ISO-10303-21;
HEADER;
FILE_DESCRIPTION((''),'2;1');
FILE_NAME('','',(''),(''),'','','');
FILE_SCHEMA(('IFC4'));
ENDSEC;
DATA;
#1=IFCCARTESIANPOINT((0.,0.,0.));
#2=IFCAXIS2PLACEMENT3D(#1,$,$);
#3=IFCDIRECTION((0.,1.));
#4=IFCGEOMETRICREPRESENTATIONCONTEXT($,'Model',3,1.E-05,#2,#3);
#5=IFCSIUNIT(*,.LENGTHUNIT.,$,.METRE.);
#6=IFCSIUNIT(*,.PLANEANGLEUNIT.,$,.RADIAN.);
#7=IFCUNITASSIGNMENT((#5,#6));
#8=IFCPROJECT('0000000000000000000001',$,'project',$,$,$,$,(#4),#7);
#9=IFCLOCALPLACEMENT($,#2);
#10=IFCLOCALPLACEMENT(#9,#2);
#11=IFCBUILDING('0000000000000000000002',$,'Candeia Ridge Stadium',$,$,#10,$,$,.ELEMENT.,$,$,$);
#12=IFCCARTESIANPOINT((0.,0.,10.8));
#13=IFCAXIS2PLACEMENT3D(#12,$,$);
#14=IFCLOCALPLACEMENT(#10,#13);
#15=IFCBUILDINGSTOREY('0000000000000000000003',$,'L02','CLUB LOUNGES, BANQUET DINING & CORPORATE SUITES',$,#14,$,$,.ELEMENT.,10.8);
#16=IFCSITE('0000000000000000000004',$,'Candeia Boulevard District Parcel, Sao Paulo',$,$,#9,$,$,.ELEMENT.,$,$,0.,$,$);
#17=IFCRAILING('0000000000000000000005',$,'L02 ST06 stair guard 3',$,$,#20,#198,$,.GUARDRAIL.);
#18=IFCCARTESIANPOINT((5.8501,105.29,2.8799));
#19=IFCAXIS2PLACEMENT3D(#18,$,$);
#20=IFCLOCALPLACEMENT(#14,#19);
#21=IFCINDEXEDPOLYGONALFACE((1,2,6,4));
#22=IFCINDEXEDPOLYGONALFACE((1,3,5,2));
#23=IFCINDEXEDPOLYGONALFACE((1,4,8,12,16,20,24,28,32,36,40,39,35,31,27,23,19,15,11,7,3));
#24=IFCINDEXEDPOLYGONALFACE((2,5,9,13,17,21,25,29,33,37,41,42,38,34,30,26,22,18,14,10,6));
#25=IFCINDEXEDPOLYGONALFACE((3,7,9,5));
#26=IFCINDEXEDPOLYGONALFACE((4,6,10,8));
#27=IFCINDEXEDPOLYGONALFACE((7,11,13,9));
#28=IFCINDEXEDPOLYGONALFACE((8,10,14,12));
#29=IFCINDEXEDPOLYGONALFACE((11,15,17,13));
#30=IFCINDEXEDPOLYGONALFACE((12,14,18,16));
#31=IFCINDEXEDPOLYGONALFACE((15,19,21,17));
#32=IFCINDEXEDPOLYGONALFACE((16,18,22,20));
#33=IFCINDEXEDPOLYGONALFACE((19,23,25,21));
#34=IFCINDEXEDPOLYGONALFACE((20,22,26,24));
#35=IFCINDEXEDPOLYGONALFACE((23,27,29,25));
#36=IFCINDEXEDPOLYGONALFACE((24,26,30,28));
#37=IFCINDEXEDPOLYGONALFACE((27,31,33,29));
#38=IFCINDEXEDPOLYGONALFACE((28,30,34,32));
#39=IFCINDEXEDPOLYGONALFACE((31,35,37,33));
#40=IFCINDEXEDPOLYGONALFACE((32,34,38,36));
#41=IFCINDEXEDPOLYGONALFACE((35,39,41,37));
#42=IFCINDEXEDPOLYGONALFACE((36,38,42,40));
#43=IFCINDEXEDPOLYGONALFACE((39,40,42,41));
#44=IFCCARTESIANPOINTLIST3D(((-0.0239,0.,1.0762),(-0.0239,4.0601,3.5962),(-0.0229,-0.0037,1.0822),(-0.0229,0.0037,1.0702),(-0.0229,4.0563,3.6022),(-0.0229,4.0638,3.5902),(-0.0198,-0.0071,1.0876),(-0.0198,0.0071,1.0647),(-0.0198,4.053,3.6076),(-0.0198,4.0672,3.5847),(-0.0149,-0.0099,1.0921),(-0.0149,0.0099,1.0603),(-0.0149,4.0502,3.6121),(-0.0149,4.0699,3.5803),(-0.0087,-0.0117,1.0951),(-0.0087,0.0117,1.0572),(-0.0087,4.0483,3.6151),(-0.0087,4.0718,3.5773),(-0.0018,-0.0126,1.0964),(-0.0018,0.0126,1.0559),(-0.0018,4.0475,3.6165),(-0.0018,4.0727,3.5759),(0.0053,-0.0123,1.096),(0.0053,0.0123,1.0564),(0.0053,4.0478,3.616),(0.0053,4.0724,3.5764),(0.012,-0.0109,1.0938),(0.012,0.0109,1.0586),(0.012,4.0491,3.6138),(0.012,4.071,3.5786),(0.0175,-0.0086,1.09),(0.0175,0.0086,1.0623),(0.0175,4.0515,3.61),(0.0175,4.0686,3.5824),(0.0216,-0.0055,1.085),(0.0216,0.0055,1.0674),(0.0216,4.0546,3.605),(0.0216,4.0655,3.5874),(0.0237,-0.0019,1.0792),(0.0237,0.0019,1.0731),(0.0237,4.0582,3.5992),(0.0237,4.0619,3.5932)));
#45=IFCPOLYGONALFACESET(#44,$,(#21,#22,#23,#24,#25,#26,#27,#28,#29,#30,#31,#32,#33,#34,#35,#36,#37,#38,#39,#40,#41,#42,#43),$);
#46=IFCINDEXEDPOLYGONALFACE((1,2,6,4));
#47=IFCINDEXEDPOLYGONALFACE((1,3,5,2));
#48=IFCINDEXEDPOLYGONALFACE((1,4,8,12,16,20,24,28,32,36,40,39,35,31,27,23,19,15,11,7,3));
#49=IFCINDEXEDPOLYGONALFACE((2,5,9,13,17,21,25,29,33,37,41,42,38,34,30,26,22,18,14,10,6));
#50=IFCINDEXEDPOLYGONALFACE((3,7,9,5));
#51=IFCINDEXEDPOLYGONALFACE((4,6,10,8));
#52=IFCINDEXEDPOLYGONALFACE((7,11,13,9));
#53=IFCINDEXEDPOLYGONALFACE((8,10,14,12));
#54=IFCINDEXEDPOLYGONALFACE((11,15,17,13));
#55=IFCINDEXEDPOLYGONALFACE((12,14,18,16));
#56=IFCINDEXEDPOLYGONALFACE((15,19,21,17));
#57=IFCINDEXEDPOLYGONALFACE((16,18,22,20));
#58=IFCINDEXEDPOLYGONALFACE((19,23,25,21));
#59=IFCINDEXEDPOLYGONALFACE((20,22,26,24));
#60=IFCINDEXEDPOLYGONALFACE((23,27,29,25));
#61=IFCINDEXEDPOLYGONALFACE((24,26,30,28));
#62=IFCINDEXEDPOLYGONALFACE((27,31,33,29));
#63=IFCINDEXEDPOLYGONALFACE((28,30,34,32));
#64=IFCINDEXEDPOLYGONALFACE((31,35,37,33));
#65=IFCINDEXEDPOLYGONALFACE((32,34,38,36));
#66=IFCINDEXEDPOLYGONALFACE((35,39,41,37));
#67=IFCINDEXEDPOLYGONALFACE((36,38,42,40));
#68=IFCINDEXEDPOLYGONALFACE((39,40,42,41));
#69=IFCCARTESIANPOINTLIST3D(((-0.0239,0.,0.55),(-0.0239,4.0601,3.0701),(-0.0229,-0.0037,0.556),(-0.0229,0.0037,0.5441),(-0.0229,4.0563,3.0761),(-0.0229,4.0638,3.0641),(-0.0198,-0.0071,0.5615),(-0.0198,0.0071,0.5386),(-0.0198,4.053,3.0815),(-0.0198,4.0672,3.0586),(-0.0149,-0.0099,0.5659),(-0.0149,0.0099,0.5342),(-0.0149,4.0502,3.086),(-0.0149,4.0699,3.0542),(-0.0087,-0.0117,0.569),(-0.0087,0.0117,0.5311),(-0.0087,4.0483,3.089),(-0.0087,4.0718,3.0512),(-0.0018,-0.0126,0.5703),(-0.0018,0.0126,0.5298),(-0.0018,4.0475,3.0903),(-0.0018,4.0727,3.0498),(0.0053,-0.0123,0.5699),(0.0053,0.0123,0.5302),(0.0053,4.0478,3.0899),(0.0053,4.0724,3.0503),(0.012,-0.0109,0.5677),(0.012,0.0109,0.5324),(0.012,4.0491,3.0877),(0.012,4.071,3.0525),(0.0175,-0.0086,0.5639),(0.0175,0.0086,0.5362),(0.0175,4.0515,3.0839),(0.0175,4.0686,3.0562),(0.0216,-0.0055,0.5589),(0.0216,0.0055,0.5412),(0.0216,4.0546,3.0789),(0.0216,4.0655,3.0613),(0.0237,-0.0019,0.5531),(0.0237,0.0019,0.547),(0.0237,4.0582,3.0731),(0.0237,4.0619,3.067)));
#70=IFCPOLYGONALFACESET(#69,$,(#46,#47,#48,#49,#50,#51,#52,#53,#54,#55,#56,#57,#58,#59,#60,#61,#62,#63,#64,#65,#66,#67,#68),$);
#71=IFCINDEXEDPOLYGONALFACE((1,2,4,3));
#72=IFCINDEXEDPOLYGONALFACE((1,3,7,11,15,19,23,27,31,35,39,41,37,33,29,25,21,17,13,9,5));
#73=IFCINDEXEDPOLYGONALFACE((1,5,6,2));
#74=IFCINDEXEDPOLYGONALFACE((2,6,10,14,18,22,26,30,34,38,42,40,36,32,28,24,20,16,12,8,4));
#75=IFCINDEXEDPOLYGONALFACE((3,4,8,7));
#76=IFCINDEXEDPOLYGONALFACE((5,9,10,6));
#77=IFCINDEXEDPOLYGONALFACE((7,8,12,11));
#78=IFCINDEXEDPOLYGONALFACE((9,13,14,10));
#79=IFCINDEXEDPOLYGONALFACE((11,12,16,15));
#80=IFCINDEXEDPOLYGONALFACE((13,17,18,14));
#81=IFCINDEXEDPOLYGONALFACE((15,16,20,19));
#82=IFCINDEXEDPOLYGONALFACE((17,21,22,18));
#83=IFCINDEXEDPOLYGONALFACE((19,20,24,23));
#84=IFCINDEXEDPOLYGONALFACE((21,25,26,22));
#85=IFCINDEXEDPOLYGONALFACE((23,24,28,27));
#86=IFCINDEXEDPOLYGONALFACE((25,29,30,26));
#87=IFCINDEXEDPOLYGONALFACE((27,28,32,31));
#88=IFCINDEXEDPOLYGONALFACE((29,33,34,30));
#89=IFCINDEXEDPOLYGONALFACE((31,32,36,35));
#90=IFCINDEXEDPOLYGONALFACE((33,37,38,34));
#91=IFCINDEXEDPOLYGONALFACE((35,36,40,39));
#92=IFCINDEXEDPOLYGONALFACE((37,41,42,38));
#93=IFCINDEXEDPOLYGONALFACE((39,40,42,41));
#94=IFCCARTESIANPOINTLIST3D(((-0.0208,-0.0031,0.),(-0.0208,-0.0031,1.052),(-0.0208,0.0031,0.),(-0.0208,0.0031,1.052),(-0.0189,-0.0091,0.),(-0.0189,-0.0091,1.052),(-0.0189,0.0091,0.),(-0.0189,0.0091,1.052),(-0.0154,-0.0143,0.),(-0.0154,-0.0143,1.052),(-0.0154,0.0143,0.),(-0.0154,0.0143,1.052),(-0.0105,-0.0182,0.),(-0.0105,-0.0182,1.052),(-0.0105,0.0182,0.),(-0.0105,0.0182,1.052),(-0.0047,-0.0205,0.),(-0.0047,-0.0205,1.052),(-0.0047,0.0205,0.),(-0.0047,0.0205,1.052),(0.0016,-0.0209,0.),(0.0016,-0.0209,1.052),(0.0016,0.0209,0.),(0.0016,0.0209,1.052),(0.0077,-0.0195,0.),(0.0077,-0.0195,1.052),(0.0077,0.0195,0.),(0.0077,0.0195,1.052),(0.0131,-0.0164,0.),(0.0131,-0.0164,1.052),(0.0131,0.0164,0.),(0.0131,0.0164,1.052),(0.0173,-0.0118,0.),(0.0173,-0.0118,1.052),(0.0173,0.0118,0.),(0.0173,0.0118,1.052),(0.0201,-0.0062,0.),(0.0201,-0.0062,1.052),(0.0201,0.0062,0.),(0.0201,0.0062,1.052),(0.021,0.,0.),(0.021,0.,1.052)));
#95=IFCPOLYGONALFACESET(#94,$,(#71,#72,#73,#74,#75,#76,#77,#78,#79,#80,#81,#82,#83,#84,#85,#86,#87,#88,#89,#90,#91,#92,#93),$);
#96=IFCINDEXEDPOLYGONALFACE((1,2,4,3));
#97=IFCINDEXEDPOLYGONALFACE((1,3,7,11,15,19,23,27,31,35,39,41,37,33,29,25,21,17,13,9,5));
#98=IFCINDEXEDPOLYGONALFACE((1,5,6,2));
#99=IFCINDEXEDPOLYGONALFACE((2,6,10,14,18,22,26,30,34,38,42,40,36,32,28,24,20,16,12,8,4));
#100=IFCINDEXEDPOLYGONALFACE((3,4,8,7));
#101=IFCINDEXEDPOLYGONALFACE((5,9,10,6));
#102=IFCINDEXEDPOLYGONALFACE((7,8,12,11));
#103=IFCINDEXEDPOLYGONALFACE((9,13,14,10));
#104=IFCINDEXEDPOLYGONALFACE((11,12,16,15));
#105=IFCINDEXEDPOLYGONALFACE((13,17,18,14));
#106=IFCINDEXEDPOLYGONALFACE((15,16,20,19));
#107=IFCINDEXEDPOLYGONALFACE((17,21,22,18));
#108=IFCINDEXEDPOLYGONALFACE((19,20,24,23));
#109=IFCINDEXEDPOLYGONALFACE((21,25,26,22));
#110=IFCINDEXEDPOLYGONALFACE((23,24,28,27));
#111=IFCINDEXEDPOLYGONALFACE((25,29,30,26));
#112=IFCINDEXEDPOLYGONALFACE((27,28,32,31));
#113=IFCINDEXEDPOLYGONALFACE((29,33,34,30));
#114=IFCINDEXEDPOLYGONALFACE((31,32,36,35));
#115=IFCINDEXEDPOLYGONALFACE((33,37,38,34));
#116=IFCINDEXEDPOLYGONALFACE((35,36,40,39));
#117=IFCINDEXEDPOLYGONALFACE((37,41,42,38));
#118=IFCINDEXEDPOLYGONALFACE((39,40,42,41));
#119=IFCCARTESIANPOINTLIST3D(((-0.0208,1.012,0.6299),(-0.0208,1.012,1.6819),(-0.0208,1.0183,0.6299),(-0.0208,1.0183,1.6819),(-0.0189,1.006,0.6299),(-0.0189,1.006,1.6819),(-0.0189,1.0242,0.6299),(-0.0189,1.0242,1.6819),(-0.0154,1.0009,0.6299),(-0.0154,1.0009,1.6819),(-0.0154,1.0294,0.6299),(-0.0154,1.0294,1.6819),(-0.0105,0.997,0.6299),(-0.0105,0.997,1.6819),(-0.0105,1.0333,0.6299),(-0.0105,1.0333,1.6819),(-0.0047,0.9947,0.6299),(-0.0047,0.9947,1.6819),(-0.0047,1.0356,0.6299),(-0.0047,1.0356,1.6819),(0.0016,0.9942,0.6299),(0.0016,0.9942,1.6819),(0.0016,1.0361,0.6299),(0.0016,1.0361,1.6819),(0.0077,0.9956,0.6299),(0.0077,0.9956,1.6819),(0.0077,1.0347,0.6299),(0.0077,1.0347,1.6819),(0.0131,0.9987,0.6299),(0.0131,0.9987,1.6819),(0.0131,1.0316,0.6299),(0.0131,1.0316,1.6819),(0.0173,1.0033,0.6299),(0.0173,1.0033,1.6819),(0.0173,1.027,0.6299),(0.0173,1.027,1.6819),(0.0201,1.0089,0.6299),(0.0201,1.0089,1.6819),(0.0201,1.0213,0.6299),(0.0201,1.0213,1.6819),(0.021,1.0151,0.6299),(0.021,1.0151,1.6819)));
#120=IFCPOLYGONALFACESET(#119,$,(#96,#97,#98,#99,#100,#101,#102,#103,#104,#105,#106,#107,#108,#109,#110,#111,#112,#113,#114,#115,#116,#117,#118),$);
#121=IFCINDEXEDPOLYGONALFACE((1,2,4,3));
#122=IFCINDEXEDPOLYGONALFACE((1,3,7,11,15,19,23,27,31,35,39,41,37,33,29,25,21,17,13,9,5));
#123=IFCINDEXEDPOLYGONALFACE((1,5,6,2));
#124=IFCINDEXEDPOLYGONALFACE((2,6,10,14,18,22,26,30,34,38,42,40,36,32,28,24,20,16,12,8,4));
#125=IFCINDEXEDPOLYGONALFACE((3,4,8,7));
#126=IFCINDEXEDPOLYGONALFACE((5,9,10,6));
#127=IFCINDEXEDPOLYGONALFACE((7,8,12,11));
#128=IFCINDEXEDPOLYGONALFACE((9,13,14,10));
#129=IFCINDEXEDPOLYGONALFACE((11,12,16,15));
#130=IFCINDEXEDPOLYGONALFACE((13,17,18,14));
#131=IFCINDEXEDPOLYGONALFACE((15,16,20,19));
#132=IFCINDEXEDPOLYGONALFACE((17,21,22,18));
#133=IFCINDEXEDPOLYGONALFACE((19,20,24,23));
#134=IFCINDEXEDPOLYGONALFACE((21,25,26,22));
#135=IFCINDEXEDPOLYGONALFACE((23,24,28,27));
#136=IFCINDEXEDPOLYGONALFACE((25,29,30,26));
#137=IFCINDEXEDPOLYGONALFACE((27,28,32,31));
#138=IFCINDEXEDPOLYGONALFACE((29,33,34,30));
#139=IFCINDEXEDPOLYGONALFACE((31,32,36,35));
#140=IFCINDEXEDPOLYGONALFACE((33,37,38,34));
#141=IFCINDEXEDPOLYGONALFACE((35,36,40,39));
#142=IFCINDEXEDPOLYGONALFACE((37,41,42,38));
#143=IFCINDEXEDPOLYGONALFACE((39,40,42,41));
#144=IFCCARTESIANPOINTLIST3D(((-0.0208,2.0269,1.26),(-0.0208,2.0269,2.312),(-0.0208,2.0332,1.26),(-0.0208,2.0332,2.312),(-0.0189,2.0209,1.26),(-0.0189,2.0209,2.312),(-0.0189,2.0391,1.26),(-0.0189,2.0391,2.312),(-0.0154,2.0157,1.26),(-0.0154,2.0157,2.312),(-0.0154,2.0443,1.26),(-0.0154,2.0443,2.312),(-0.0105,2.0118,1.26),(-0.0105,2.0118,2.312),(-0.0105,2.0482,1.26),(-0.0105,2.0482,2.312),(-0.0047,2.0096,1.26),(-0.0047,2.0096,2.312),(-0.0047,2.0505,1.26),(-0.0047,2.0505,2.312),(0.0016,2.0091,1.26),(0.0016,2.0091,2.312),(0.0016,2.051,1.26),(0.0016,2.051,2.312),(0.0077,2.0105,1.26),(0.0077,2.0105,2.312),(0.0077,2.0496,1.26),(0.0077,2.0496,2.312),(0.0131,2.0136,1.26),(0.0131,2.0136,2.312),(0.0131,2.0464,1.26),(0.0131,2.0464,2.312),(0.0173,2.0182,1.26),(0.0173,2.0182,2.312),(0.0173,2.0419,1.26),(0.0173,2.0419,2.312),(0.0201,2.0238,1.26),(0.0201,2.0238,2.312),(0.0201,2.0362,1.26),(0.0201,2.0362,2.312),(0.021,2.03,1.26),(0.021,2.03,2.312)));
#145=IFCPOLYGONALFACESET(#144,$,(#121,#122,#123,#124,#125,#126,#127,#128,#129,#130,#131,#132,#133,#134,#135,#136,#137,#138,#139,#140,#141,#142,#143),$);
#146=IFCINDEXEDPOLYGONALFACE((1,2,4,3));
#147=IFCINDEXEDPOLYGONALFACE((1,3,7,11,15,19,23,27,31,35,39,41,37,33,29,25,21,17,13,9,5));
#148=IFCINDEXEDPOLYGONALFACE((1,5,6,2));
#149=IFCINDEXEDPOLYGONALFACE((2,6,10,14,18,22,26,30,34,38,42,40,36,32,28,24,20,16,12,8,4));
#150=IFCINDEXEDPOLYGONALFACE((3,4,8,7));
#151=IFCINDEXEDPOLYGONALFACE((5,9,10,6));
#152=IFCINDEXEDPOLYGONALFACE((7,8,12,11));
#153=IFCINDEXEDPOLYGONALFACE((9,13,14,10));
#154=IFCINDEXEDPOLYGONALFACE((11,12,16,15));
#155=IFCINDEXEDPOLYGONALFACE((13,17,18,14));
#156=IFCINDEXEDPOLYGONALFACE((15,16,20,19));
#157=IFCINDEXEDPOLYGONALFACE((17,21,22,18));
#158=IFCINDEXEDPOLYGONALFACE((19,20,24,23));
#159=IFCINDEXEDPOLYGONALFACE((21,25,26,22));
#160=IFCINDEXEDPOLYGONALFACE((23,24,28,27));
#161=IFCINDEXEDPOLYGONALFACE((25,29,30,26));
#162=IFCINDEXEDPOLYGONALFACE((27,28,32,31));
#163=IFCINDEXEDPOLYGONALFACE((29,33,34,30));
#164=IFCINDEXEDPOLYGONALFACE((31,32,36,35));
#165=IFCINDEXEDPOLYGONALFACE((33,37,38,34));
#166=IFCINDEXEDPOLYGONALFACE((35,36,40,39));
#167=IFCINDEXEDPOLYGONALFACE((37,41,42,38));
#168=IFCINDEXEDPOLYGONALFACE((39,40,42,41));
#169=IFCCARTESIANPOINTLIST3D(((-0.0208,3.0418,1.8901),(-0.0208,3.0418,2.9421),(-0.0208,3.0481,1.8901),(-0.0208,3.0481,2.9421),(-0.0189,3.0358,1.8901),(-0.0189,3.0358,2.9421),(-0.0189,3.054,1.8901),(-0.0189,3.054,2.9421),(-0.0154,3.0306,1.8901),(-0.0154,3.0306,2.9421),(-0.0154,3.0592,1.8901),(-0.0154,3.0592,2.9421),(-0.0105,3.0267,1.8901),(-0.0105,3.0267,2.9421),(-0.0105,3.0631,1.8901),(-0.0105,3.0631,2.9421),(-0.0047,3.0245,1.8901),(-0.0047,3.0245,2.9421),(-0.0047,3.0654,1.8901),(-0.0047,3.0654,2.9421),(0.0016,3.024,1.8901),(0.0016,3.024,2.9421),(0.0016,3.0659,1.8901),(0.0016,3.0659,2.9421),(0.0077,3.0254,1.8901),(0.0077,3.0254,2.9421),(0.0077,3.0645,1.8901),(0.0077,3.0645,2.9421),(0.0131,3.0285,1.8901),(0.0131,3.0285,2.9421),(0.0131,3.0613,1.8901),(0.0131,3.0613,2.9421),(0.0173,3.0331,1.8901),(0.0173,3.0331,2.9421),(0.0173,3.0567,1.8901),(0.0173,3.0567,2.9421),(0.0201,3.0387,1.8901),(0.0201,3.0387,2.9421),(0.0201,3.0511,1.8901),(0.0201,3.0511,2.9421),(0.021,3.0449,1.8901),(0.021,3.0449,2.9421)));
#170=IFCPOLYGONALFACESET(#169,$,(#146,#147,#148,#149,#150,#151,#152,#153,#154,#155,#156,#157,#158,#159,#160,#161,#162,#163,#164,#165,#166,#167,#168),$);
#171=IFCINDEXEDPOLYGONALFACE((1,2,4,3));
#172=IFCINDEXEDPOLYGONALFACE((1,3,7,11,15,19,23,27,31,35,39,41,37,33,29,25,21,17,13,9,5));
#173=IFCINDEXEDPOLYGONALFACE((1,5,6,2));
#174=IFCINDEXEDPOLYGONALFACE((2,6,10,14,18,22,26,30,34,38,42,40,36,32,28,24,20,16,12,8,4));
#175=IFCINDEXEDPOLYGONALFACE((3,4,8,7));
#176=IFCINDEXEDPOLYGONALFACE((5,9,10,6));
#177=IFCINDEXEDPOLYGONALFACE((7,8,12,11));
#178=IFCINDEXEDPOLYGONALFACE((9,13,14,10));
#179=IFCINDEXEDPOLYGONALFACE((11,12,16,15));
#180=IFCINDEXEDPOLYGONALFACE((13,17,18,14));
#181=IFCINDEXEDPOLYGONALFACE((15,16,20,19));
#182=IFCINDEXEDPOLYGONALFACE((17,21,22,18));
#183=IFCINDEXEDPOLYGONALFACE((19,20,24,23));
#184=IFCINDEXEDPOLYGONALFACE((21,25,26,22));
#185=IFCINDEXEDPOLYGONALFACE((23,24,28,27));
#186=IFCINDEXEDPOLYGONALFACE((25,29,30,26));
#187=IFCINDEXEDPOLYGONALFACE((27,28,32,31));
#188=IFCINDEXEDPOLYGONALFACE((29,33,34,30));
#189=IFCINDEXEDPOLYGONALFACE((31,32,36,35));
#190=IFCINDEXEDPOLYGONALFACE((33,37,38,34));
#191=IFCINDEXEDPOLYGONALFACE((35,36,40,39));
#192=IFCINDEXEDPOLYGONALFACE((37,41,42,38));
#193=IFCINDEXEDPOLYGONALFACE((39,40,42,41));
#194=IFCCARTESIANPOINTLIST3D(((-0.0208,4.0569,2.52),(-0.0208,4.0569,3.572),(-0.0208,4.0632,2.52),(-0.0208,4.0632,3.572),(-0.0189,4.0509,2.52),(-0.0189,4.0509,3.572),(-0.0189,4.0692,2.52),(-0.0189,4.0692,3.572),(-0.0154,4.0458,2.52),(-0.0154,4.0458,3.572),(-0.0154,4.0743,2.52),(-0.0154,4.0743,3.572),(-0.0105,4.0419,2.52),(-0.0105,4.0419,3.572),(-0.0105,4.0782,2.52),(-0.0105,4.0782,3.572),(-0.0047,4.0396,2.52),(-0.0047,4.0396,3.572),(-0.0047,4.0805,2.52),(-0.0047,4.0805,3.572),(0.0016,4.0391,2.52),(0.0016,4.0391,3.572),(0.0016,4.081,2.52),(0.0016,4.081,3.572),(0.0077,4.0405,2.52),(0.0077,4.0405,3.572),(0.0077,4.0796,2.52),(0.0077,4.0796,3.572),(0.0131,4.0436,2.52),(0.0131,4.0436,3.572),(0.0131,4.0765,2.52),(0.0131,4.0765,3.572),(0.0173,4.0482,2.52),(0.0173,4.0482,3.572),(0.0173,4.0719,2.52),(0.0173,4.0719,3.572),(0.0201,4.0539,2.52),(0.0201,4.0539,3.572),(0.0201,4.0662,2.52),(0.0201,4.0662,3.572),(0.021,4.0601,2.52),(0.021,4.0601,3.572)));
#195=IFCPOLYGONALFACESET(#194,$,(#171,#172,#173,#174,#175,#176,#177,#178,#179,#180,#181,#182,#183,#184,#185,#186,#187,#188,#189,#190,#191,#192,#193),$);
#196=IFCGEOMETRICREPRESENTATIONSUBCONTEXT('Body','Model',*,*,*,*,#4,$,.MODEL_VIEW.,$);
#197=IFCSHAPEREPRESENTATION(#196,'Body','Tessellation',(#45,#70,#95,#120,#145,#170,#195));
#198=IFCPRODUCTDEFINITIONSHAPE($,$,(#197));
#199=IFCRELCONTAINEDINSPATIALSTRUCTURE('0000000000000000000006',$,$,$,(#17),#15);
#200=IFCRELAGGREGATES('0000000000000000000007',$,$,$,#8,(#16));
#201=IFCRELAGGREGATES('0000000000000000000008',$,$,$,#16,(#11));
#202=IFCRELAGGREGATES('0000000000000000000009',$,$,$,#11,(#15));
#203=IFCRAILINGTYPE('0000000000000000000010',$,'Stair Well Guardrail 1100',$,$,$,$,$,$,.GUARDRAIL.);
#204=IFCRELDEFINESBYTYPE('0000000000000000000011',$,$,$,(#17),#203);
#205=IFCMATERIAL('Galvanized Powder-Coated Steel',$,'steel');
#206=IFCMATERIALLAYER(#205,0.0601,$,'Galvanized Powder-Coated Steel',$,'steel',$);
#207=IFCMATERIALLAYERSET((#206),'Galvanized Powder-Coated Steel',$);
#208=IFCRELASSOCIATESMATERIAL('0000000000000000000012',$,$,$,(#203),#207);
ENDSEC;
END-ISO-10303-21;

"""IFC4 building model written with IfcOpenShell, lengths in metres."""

from ifc_helpers import new_model, si_unit, direction, frame, origin, origin_2d, place, context, subcontext, project, spatial, circle, extrude, material, layer, layer_set, type_object, element, save


model = new_model("IFC4")

# Units and contexts
model_context = context("Model", 3, precision=1e-05, world=origin(), true_north=direction((0.0, 1.0)))
body_context = subcontext(model_context, "Body", "Model", "MODEL_VIEW")
ifc_project = project(units=[si_unit("LENGTHUNIT", "METRE"), si_unit("PLANEANGLEUNIT", "RADIAN")], contexts=[model_context])

# Site, building, storey
site_placement = place(None, origin())
site = spatial("IfcSite", under=ifc_project, at=site_placement, Name="Candeia Boulevard District Parcel, Sao Paulo", CompositionType="ELEMENT", RefElevation=0.0)
building_placement = place(site_placement, origin())
building = spatial("IfcBuilding", under=site, at=building_placement, Name="Candeia Ridge Stadium", CompositionType="ELEMENT")
storey_placement = place(building_placement, frame((0.0, 0.0, 10.8)))
storey = spatial("IfcBuildingStorey", under=building, at=storey_placement, Name="L02", Description="CLUB LOUNGES, BANQUET DINING & CORPORATE SUITES", CompositionType="ELEMENT", Elevation=10.8)

# Railing
ifc_material_1 = material(Name="Galvanized Powder-Coated Steel", Category="steel")
ifc_layer_1 = layer(ifc_material_1, 0.0601, Name="Galvanized Powder-Coated Steel", Category="steel")
ifc_layer_set_1 = layer_set([ifc_layer_1], Name="Galvanized Powder-Coated Steel")
railing_type = type_object("IfcRailingType", Name="Stair Well Guardrail 1100", PredefinedType="GUARDRAIL", material=ifc_layer_set_1)
railing_1_placement = place(storey_placement, frame((5.8501, 105.29, 2.8799)))
element("IfcRailing", 1, at=railing_1_placement, inside=storey, type_object=railing_type, Name="L02 ST06 stair guard 3", PredefinedType="GUARDRAIL", context=body_context, shape_type="SweptSolid", body=[
    extrude(circle(Radius=0.0239, at=origin_2d()), frame((0.0, 0.0, 1.0762), z_axis=(0.0, 0.849642, 0.52736), x_axis=(-1.0, 0.0, 0.0)), (0.0, 0.0, 1.0), 4.7786),
    extrude(circle(Radius=0.0239, at=origin_2d()), frame((0.0, 0.0, 0.55), z_axis=(0.0, 0.849642, 0.52736), x_axis=(-1.0, 0.0, 0.0)), (0.0, 0.0, 1.0), 4.7786),
    extrude(circle(Radius=0.021, at=origin_2d()), origin(), (0.0, 0.0, 1.0), 1.052),
    extrude(circle(Radius=0.021, at=origin_2d()), frame((0.0, 1.0151, 0.6299)), (0.0, 0.0, 1.0), 1.052),
    extrude(circle(Radius=0.021, at=origin_2d()), frame((0.0, 2.03, 1.26)), (0.0, 0.0, 1.0), 1.052),
    extrude(circle(Radius=0.021, at=origin_2d()), frame((0.0, 3.0449, 1.8901)), (0.0, 0.0, 1.0), 1.052),
    extrude(circle(Radius=0.021, at=origin_2d()), frame((0.0, 4.0601, 2.52)), (0.0, 0.0, 1.0), 1.052),
])

save(model, "model.ifc")
